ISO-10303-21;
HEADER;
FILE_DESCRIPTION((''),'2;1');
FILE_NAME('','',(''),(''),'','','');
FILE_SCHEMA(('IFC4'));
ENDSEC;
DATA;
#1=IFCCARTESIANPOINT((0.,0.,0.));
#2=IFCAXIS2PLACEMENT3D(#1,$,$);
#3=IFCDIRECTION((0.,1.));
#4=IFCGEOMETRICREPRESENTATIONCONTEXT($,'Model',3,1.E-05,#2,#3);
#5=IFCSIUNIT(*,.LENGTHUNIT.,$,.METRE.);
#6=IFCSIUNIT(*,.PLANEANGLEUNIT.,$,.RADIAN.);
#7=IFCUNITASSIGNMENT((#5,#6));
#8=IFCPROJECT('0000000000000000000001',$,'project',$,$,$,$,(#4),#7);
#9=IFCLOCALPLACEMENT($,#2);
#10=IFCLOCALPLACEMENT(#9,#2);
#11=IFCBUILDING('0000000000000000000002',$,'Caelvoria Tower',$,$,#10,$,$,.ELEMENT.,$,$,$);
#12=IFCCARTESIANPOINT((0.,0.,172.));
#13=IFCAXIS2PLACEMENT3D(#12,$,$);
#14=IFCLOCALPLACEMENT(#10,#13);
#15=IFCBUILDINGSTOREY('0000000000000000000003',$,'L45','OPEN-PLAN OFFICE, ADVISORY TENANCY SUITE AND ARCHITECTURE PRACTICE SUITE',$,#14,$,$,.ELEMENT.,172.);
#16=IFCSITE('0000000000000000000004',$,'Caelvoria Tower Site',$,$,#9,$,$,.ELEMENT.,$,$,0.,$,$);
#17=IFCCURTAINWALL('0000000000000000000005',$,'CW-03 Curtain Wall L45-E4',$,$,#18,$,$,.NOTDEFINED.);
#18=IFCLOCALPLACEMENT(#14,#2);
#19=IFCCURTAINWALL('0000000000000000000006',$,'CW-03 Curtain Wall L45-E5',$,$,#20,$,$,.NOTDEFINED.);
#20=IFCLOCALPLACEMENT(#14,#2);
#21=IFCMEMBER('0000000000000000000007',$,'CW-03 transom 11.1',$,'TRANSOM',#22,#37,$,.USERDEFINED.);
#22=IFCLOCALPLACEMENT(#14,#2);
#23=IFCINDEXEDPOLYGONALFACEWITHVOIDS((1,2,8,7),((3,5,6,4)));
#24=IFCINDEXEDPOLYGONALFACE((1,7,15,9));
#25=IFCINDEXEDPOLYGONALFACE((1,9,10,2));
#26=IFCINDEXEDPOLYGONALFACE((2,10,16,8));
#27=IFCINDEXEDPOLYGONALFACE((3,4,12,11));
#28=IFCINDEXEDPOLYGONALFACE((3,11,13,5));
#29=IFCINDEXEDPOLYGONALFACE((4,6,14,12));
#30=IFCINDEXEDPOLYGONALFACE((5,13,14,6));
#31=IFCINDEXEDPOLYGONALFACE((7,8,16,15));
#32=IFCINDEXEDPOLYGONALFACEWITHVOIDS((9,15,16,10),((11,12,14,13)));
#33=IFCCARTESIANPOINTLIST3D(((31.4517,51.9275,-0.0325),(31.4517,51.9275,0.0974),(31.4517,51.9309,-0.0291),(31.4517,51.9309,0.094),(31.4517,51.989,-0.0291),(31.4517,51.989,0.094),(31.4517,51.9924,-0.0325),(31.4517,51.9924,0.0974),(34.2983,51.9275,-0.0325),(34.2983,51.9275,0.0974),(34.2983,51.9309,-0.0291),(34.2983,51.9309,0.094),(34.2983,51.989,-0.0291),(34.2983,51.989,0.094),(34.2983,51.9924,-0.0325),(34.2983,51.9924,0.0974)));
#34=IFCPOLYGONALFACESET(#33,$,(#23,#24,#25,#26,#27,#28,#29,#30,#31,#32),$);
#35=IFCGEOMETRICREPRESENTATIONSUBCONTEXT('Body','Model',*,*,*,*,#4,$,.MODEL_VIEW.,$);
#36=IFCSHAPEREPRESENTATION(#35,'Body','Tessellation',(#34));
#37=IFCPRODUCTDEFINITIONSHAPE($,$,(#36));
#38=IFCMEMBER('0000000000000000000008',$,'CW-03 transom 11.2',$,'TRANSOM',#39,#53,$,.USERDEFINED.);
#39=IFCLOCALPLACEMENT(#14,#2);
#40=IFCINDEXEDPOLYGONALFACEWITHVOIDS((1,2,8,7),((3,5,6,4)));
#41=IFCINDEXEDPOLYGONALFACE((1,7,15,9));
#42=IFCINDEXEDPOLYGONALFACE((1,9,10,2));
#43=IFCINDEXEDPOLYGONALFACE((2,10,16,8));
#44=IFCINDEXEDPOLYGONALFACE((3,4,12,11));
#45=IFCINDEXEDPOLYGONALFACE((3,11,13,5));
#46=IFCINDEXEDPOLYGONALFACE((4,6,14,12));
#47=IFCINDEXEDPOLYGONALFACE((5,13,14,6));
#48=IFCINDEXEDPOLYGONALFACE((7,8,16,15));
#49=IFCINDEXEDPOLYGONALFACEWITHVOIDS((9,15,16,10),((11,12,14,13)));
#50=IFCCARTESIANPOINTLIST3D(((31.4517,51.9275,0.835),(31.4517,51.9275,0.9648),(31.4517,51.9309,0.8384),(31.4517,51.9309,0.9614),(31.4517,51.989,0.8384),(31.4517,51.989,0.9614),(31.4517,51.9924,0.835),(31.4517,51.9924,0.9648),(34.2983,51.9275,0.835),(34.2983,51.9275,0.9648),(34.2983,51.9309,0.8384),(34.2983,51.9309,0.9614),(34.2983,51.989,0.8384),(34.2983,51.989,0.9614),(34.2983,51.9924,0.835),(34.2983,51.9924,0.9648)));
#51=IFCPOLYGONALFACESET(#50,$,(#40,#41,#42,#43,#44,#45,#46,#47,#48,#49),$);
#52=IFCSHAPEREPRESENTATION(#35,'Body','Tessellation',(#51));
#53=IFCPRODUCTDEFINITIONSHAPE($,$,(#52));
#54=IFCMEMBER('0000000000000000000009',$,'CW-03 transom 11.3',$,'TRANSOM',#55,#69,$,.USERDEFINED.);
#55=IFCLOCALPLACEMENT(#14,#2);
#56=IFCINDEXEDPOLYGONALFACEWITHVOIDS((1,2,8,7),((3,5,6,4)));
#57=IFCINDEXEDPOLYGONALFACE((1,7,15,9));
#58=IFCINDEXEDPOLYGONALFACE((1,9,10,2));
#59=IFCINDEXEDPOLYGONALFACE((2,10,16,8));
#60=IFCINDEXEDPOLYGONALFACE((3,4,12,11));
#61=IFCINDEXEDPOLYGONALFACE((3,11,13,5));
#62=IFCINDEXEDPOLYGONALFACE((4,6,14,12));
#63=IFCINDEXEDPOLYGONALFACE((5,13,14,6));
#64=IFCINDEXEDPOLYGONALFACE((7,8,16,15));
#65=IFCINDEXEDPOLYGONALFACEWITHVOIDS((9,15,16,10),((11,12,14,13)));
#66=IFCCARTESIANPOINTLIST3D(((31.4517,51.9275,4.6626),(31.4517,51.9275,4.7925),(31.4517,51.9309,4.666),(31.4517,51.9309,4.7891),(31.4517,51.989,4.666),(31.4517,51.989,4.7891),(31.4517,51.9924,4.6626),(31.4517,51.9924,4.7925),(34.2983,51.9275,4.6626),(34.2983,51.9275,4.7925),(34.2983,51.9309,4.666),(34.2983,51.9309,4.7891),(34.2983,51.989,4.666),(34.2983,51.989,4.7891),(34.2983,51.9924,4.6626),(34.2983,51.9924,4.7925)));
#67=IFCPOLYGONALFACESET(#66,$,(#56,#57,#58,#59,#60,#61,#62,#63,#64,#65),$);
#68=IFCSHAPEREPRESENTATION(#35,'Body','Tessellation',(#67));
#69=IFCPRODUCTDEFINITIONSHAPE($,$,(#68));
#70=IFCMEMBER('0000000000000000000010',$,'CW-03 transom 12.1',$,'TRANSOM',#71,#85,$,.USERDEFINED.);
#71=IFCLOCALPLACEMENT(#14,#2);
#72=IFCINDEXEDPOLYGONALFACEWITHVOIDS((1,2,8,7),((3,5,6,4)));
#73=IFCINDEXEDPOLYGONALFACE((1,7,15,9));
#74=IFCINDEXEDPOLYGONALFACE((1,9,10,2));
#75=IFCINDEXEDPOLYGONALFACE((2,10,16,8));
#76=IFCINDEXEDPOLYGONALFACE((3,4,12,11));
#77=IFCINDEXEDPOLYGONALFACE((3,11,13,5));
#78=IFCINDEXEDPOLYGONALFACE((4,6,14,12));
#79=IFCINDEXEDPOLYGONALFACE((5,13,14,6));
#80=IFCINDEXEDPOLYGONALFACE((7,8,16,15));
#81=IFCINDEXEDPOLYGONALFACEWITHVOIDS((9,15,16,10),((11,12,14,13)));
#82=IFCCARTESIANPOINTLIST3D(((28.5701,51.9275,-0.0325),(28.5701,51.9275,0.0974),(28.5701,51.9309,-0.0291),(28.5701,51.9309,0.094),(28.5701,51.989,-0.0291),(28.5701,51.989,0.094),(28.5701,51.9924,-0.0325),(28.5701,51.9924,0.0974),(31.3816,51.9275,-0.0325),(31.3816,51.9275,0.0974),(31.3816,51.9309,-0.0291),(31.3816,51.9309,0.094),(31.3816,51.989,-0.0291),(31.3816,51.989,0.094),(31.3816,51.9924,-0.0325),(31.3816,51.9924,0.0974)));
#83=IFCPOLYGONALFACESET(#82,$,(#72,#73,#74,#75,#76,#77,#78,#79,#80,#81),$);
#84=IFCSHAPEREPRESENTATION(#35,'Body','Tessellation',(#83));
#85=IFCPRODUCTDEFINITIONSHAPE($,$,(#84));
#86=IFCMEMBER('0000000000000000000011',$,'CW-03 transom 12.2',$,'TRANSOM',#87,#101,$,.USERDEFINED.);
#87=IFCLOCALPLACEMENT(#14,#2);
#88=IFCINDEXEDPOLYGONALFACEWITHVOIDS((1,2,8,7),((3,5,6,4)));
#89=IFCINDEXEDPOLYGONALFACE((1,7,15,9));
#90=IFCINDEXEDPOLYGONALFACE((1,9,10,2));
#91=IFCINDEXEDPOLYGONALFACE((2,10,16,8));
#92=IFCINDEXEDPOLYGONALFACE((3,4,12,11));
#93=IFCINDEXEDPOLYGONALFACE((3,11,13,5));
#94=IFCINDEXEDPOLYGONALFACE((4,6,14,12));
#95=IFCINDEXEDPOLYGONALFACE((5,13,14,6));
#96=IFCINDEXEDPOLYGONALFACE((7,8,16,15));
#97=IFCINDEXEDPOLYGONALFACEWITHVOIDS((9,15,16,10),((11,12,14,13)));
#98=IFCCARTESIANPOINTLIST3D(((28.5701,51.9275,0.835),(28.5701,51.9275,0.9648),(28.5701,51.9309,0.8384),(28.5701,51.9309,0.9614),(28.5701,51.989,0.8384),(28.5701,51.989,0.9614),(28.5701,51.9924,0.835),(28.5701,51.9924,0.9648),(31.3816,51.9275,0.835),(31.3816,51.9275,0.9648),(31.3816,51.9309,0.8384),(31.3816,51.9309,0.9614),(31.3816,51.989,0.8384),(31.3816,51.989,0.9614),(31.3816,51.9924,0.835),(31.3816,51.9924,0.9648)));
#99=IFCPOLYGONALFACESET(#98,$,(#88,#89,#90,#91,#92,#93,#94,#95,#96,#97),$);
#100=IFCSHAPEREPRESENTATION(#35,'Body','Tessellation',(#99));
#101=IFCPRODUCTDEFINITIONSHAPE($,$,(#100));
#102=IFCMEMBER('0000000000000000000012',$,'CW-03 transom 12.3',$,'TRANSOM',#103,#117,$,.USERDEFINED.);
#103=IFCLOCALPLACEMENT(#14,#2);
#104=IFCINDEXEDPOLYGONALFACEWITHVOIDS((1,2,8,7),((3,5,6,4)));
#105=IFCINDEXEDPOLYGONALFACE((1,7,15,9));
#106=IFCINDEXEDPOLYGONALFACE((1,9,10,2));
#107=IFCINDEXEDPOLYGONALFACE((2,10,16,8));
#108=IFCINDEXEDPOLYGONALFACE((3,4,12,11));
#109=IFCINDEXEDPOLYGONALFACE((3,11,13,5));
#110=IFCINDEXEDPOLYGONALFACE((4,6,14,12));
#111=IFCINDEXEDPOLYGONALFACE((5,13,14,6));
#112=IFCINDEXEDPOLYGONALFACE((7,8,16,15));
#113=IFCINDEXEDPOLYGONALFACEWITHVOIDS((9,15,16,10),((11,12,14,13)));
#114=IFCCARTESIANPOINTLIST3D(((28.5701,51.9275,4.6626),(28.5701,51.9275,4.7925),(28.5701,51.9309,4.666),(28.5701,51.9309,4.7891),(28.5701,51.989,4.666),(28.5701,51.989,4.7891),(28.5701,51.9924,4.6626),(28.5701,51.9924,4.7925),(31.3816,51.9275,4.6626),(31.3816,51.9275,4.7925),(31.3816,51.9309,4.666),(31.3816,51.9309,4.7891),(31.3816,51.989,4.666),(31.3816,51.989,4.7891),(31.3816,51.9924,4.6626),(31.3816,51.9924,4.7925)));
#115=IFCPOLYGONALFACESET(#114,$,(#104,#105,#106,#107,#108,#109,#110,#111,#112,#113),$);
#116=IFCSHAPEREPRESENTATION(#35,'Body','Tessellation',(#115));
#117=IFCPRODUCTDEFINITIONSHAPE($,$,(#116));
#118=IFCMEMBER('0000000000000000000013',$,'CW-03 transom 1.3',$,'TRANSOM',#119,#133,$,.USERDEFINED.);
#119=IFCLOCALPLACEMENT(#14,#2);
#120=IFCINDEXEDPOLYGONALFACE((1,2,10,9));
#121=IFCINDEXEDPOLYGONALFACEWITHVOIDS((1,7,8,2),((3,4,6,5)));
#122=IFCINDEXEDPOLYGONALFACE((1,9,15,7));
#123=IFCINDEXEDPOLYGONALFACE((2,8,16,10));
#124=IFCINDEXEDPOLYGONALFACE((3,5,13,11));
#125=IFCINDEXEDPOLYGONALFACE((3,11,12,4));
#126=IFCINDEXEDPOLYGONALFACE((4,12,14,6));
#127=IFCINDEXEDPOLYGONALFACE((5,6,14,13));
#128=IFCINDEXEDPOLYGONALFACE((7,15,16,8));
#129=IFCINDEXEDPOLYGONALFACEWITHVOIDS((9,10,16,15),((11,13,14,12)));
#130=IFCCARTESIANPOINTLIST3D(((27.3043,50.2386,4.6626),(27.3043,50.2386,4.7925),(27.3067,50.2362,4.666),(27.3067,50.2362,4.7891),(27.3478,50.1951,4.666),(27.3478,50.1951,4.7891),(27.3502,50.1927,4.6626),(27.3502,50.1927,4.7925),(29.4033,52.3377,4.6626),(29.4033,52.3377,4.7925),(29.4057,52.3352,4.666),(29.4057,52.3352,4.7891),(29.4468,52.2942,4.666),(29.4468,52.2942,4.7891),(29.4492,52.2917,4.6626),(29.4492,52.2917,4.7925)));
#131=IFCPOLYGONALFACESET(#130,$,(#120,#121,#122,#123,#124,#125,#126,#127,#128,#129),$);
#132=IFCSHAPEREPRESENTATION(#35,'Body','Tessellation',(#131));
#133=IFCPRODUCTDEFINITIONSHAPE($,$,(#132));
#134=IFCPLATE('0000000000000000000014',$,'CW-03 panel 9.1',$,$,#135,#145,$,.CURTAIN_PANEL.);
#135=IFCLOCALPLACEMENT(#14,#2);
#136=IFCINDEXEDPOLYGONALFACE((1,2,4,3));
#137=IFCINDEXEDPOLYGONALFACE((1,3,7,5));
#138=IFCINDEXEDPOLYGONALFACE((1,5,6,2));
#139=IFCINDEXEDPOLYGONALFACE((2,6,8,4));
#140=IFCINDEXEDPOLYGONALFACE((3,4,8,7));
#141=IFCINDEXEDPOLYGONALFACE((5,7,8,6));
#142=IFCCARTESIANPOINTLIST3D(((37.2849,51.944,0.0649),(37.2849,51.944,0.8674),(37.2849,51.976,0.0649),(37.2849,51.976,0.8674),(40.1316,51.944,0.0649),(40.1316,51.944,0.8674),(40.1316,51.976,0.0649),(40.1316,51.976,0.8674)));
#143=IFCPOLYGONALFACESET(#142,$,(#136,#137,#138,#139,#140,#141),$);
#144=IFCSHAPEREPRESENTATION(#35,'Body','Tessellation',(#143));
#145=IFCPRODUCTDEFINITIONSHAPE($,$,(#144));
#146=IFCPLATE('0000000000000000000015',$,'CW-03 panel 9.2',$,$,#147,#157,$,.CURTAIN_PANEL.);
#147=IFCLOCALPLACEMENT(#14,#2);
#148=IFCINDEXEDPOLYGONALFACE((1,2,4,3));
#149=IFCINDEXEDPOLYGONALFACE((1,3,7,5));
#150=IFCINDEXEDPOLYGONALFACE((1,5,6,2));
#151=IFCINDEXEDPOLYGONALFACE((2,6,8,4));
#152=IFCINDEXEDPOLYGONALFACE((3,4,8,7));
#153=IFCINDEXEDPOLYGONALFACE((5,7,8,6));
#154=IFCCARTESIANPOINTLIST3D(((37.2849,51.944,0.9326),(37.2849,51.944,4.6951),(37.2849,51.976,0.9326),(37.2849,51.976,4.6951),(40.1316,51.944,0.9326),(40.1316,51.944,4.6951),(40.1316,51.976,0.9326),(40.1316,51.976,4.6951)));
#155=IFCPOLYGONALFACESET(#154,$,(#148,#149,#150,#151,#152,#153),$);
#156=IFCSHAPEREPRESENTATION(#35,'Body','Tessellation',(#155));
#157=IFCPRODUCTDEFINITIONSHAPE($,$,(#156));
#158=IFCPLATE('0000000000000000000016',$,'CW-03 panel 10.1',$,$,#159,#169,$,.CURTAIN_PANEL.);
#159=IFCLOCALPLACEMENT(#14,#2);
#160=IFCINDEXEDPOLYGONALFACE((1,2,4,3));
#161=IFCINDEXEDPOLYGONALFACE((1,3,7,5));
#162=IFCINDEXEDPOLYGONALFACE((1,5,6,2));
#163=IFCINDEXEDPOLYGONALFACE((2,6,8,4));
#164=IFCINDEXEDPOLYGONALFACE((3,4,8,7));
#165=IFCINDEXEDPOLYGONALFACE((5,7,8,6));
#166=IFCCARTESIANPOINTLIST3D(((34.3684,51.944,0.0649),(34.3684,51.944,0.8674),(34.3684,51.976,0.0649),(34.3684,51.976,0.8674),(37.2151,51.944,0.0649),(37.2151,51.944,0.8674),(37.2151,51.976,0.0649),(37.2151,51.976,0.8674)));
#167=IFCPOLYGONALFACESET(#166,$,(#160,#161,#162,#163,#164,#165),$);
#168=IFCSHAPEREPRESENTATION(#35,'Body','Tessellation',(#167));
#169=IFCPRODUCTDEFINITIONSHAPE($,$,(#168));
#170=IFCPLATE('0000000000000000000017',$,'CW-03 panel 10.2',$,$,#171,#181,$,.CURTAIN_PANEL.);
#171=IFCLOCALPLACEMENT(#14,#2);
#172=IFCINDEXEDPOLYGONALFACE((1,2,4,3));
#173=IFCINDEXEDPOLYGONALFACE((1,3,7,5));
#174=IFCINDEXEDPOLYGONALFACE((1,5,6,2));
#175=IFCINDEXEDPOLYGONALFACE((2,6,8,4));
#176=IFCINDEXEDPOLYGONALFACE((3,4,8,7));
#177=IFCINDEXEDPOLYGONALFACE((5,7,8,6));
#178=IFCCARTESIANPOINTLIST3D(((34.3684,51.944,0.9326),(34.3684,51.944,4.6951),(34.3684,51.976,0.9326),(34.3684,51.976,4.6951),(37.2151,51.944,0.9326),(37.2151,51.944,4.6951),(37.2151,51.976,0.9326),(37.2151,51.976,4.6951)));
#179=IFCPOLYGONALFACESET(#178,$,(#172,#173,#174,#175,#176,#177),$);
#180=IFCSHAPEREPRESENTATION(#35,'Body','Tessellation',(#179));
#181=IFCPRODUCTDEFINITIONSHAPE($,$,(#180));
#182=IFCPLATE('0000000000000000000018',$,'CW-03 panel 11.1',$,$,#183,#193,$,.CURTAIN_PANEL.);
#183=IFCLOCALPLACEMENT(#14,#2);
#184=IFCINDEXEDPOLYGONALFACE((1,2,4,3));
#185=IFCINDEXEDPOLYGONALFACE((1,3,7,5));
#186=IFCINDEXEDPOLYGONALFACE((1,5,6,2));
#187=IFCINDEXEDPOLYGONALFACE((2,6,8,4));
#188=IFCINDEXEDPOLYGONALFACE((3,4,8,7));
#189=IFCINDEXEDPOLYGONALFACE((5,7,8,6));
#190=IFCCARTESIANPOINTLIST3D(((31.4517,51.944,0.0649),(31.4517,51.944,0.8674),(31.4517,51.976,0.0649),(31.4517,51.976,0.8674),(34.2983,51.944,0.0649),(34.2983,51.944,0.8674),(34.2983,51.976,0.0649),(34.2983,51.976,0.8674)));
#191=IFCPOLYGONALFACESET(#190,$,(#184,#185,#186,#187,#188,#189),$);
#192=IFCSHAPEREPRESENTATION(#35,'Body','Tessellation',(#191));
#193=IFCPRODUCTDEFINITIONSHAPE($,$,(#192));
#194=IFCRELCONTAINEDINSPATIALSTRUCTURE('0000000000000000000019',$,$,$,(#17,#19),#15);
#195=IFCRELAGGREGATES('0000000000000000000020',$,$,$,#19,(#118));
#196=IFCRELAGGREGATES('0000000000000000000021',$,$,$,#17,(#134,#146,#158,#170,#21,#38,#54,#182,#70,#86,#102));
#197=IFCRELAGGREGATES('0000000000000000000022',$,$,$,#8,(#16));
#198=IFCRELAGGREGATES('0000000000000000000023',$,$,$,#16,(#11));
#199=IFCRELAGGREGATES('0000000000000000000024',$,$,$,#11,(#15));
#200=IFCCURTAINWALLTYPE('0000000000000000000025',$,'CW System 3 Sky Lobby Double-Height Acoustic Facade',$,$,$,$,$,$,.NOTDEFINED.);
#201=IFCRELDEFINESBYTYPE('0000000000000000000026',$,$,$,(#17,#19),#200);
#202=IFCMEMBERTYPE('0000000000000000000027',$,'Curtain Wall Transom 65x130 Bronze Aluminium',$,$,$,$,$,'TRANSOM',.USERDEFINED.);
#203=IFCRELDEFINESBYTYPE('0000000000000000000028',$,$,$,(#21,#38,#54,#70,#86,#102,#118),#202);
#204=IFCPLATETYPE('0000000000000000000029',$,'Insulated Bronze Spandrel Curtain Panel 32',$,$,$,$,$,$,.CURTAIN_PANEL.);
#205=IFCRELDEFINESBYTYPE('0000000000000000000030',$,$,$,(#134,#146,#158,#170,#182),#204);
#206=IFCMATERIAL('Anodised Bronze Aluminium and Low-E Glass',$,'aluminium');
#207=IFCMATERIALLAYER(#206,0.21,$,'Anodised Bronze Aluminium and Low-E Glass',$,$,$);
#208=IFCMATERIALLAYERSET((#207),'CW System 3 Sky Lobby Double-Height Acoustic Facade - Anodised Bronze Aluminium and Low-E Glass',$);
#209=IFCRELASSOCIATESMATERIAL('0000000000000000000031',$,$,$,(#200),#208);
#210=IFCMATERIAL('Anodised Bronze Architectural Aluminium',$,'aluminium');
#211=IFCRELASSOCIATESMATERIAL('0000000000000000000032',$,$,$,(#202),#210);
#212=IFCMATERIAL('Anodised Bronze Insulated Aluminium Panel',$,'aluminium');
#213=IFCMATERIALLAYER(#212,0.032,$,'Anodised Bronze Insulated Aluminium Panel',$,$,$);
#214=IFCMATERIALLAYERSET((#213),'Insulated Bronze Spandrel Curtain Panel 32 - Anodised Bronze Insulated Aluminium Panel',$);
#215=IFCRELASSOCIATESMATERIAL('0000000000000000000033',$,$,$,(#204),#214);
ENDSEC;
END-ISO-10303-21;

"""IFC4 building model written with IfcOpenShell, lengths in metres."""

from ifc_helpers import new_model, si_unit, direction, frame, origin, origin_2d, place, context, subcontext, project, spatial, rectangle, hollow_rectangle, extrude, material, layer, layer_set, material_profile, profile_set, type_object, element, aggregate, save


model = new_model("IFC4")

# Units and contexts
model_context = context("Model", 3, precision=1e-05, world=origin(), true_north=direction((0.0, 1.0)))
body_context = subcontext(model_context, "Body", "Model", "MODEL_VIEW")
ifc_project = project(units=[si_unit("LENGTHUNIT", "METRE"), si_unit("PLANEANGLEUNIT", "RADIAN")], contexts=[model_context])

# Site, building, storey
site_placement = place(None, origin())
site = spatial("IfcSite", under=ifc_project, at=site_placement, Name="Caelvoria Tower Site", CompositionType="ELEMENT", RefElevation=0.0)
building_placement = place(site_placement, origin())
building = spatial("IfcBuilding", under=site, at=building_placement, Name="Caelvoria Tower", CompositionType="ELEMENT")
storey_placement = place(building_placement, frame((0.0, 0.0, 172.0)))
storey = spatial("IfcBuildingStorey", under=building, at=storey_placement, Name="L45", Description="OPEN-PLAN OFFICE, ADVISORY TENANCY SUITE AND ARCHITECTURE PRACTICE SUITE", CompositionType="ELEMENT", Elevation=172.0)

# Curtain wall
ifc_material_1 = material(Name="Anodised Bronze Aluminium and Low-E Glass", Category="aluminium")
ifc_layer_1 = layer(ifc_material_1, 0.21, Name="Anodised Bronze Aluminium and Low-E Glass")
ifc_layer_set_1 = layer_set([ifc_layer_1], Name="CW System 3 Sky Lobby Double-Height Acoustic Facade - Anodised Bronze Aluminium and Low-E Glass")
curtain_wall_type = type_object("IfcCurtainWallType", Name="CW System 3 Sky Lobby Double-Height Acoustic Facade", PredefinedType="NOTDEFINED", material=ifc_layer_set_1)
curtain_wall_1_placement = place(storey_placement, origin())
curtain_wall_1 = element("IfcCurtainWall", 1, at=curtain_wall_1_placement, inside=storey, type_object=curtain_wall_type, Name="CW-03 Curtain Wall L45-E4", PredefinedType="NOTDEFINED")
ifc_material_2 = material(Name="Anodised Bronze Architectural Aluminium", Category="aluminium")

# Curtain wall
curtain_wall_2_placement = place(storey_placement, origin())
curtain_wall_2 = element("IfcCurtainWall", 2, at=curtain_wall_2_placement, inside=storey, type_object=curtain_wall_type, Name="CW-03 Curtain Wall L45-E5", PredefinedType="NOTDEFINED")

# Members
ifc_material_profile_1 = material_profile(ifc_material_2, hollow_rectangle(XDim=0.0649, YDim=0.1299, WallThickness=0.0034, at=origin_2d()), Name="Anodised Bronze Architectural Aluminium")
ifc_profile_set_1 = profile_set([ifc_material_profile_1], Name="CW_TRAN_65X130 - Anodised Bronze Architectural Aluminium")
member_type_1 = type_object("IfcMemberType", Name="Curtain Wall Transom 65x130 Bronze Aluminium", ElementType="TRANSOM", PredefinedType="USERDEFINED", material=ifc_profile_set_1)
member_1_placement = place(storey_placement, frame((34.2983, 51.96, 0.0325), z_axis=(-1.0, 0.0, 0.0), x_axis=(0.0, -1.0, 0.0)))
member_1 = element("IfcMember", 3, at=member_1_placement, type_object=member_type_1, Name="CW-03 transom 11.1", ObjectType="TRANSOM", PredefinedType="USERDEFINED", context=body_context, shape_type="SweptSolid", body=[
    extrude(hollow_rectangle(XDim=0.0649, YDim=0.1299, WallThickness=0.0034, at=origin_2d()), origin(), (0.0, 0.0, 1.0), 2.8467),
])
member_2_placement = place(storey_placement, frame((34.2983, 51.96, 0.8999), z_axis=(-1.0, 0.0, 0.0), x_axis=(0.0, -1.0, 0.0)))
member_2 = element("IfcMember", 4, at=member_2_placement, type_object=member_type_1, Name="CW-03 transom 11.2", ObjectType="TRANSOM", PredefinedType="USERDEFINED", context=body_context, shape_type="SweptSolid", body=[
    extrude(hollow_rectangle(XDim=0.0649, YDim=0.1299, WallThickness=0.0034, at=origin_2d()), origin(), (0.0, 0.0, 1.0), 2.8467),
])
member_3_placement = place(storey_placement, frame((34.2983, 51.96, 4.7275), z_axis=(-1.0, 0.0, 0.0), x_axis=(0.0, -1.0, 0.0)))
member_3 = element("IfcMember", 5, at=member_3_placement, type_object=member_type_1, Name="CW-03 transom 11.3", ObjectType="TRANSOM", PredefinedType="USERDEFINED", context=body_context, shape_type="SweptSolid", body=[
    extrude(hollow_rectangle(XDim=0.0649, YDim=0.1299, WallThickness=0.0034, at=origin_2d()), origin(), (0.0, 0.0, 1.0), 2.8467),
])
member_4_placement = place(storey_placement, frame((31.3816, 51.96, 0.0325), z_axis=(-1.0, 0.0, 0.0), x_axis=(0.0, -1.0, 0.0)))
member_4 = element("IfcMember", 6, at=member_4_placement, type_object=member_type_1, Name="CW-03 transom 12.1", ObjectType="TRANSOM", PredefinedType="USERDEFINED", context=body_context, shape_type="SweptSolid", body=[
    extrude(hollow_rectangle(XDim=0.0649, YDim=0.1299, WallThickness=0.0034, at=origin_2d()), origin(), (0.0, 0.0, 1.0), 2.8115),
])
member_5_placement = place(storey_placement, frame((31.3816, 51.96, 0.8999), z_axis=(-1.0, 0.0, 0.0), x_axis=(0.0, -1.0, 0.0)))
member_5 = element("IfcMember", 7, at=member_5_placement, type_object=member_type_1, Name="CW-03 transom 12.2", ObjectType="TRANSOM", PredefinedType="USERDEFINED", context=body_context, shape_type="SweptSolid", body=[
    extrude(hollow_rectangle(XDim=0.0649, YDim=0.1299, WallThickness=0.0034, at=origin_2d()), origin(), (0.0, 0.0, 1.0), 2.8115),
])
member_6_placement = place(storey_placement, frame((31.3816, 51.96, 4.7275), z_axis=(-1.0, 0.0, 0.0), x_axis=(0.0, -1.0, 0.0)))
member_6 = element("IfcMember", 8, at=member_6_placement, type_object=member_type_1, Name="CW-03 transom 12.3", ObjectType="TRANSOM", PredefinedType="USERDEFINED", context=body_context, shape_type="SweptSolid", body=[
    extrude(hollow_rectangle(XDim=0.0649, YDim=0.1299, WallThickness=0.0034, at=origin_2d()), origin(), (0.0, 0.0, 1.0), 2.8115),
])
member_7_placement = place(storey_placement, frame((29.4263, 52.3147, 4.7275), z_axis=(-0.707107, -0.707107, 0.0), x_axis=(0.707107, -0.707107, 0.0)))
member_7 = element("IfcMember", 9, at=member_7_placement, type_object=member_type_1, Name="CW-03 transom 1.3", ObjectType="TRANSOM", PredefinedType="USERDEFINED", context=body_context, shape_type="SweptSolid", body=[
    extrude(hollow_rectangle(XDim=0.0649, YDim=0.1299, WallThickness=0.0034, at=origin_2d()), origin(), (0.0, 0.0, 1.0), 2.9685),
])
aggregate(curtain_wall_2, [member_7])

# Plates
ifc_material_3 = material(Name="Anodised Bronze Insulated Aluminium Panel", Category="aluminium")
ifc_layer_2 = layer(ifc_material_3, 0.032, Name="Anodised Bronze Insulated Aluminium Panel")
ifc_layer_set_2 = layer_set([ifc_layer_2], Name="Insulated Bronze Spandrel Curtain Panel 32 - Anodised Bronze Insulated Aluminium Panel")
plate_type = type_object("IfcPlateType", Name="Insulated Bronze Spandrel Curtain Panel 32", PredefinedType="CURTAIN_PANEL", material=ifc_layer_set_2)
plate_1_placement = place(storey_placement, frame((38.7083, 51.96, 0.0649), z_axis=(0.0, 0.0, 1.0), x_axis=(-1.0, 0.0, 0.0)))
plate_1 = element("IfcPlate", 10, at=plate_1_placement, type_object=plate_type, Name="CW-03 panel 9.1", PredefinedType="CURTAIN_PANEL", context=body_context, shape_type="SweptSolid", body=[
    extrude(rectangle(XDim=2.8467, YDim=0.032, at=origin_2d()), origin(), (0.0, 0.0, 1.0), 0.8025),
])
plate_2_placement = place(storey_placement, frame((38.7083, 51.96, 0.9326), z_axis=(0.0, 0.0, 1.0), x_axis=(-1.0, 0.0, 0.0)))
plate_2 = element("IfcPlate", 11, at=plate_2_placement, type_object=plate_type, Name="CW-03 panel 9.2", PredefinedType="CURTAIN_PANEL", context=body_context, shape_type="SweptSolid", body=[
    extrude(rectangle(XDim=2.8467, YDim=0.032, at=origin_2d()), origin(), (0.0, 0.0, 1.0), 3.7625),
])
plate_3_placement = place(storey_placement, frame((35.7917, 51.96, 0.0649), z_axis=(0.0, 0.0, 1.0), x_axis=(-1.0, 0.0, 0.0)))
plate_3 = element("IfcPlate", 12, at=plate_3_placement, type_object=plate_type, Name="CW-03 panel 10.1", PredefinedType="CURTAIN_PANEL", context=body_context, shape_type="SweptSolid", body=[
    extrude(rectangle(XDim=2.8467, YDim=0.032, at=origin_2d()), origin(), (0.0, 0.0, 1.0), 0.8025),
])
plate_4_placement = place(storey_placement, frame((35.7917, 51.96, 0.9326), z_axis=(0.0, 0.0, 1.0), x_axis=(-1.0, 0.0, 0.0)))
plate_4 = element("IfcPlate", 13, at=plate_4_placement, type_object=plate_type, Name="CW-03 panel 10.2", PredefinedType="CURTAIN_PANEL", context=body_context, shape_type="SweptSolid", body=[
    extrude(rectangle(XDim=2.8467, YDim=0.032, at=origin_2d()), origin(), (0.0, 0.0, 1.0), 3.7625),
])
plate_5_placement = place(storey_placement, frame((32.875, 51.96, 0.0649), z_axis=(0.0, 0.0, 1.0), x_axis=(-1.0, 0.0, 0.0)))
plate_5 = element("IfcPlate", 14, at=plate_5_placement, type_object=plate_type, Name="CW-03 panel 11.1", PredefinedType="CURTAIN_PANEL", context=body_context, shape_type="SweptSolid", body=[
    extrude(rectangle(XDim=2.8467, YDim=0.032, at=origin_2d()), origin(), (0.0, 0.0, 1.0), 0.8025),
])
aggregate(curtain_wall_1, [plate_1, plate_2, plate_3, plate_4, member_1, member_2, member_3, plate_5, member_4, member_5, member_6])

save(model, "model.ifc")
